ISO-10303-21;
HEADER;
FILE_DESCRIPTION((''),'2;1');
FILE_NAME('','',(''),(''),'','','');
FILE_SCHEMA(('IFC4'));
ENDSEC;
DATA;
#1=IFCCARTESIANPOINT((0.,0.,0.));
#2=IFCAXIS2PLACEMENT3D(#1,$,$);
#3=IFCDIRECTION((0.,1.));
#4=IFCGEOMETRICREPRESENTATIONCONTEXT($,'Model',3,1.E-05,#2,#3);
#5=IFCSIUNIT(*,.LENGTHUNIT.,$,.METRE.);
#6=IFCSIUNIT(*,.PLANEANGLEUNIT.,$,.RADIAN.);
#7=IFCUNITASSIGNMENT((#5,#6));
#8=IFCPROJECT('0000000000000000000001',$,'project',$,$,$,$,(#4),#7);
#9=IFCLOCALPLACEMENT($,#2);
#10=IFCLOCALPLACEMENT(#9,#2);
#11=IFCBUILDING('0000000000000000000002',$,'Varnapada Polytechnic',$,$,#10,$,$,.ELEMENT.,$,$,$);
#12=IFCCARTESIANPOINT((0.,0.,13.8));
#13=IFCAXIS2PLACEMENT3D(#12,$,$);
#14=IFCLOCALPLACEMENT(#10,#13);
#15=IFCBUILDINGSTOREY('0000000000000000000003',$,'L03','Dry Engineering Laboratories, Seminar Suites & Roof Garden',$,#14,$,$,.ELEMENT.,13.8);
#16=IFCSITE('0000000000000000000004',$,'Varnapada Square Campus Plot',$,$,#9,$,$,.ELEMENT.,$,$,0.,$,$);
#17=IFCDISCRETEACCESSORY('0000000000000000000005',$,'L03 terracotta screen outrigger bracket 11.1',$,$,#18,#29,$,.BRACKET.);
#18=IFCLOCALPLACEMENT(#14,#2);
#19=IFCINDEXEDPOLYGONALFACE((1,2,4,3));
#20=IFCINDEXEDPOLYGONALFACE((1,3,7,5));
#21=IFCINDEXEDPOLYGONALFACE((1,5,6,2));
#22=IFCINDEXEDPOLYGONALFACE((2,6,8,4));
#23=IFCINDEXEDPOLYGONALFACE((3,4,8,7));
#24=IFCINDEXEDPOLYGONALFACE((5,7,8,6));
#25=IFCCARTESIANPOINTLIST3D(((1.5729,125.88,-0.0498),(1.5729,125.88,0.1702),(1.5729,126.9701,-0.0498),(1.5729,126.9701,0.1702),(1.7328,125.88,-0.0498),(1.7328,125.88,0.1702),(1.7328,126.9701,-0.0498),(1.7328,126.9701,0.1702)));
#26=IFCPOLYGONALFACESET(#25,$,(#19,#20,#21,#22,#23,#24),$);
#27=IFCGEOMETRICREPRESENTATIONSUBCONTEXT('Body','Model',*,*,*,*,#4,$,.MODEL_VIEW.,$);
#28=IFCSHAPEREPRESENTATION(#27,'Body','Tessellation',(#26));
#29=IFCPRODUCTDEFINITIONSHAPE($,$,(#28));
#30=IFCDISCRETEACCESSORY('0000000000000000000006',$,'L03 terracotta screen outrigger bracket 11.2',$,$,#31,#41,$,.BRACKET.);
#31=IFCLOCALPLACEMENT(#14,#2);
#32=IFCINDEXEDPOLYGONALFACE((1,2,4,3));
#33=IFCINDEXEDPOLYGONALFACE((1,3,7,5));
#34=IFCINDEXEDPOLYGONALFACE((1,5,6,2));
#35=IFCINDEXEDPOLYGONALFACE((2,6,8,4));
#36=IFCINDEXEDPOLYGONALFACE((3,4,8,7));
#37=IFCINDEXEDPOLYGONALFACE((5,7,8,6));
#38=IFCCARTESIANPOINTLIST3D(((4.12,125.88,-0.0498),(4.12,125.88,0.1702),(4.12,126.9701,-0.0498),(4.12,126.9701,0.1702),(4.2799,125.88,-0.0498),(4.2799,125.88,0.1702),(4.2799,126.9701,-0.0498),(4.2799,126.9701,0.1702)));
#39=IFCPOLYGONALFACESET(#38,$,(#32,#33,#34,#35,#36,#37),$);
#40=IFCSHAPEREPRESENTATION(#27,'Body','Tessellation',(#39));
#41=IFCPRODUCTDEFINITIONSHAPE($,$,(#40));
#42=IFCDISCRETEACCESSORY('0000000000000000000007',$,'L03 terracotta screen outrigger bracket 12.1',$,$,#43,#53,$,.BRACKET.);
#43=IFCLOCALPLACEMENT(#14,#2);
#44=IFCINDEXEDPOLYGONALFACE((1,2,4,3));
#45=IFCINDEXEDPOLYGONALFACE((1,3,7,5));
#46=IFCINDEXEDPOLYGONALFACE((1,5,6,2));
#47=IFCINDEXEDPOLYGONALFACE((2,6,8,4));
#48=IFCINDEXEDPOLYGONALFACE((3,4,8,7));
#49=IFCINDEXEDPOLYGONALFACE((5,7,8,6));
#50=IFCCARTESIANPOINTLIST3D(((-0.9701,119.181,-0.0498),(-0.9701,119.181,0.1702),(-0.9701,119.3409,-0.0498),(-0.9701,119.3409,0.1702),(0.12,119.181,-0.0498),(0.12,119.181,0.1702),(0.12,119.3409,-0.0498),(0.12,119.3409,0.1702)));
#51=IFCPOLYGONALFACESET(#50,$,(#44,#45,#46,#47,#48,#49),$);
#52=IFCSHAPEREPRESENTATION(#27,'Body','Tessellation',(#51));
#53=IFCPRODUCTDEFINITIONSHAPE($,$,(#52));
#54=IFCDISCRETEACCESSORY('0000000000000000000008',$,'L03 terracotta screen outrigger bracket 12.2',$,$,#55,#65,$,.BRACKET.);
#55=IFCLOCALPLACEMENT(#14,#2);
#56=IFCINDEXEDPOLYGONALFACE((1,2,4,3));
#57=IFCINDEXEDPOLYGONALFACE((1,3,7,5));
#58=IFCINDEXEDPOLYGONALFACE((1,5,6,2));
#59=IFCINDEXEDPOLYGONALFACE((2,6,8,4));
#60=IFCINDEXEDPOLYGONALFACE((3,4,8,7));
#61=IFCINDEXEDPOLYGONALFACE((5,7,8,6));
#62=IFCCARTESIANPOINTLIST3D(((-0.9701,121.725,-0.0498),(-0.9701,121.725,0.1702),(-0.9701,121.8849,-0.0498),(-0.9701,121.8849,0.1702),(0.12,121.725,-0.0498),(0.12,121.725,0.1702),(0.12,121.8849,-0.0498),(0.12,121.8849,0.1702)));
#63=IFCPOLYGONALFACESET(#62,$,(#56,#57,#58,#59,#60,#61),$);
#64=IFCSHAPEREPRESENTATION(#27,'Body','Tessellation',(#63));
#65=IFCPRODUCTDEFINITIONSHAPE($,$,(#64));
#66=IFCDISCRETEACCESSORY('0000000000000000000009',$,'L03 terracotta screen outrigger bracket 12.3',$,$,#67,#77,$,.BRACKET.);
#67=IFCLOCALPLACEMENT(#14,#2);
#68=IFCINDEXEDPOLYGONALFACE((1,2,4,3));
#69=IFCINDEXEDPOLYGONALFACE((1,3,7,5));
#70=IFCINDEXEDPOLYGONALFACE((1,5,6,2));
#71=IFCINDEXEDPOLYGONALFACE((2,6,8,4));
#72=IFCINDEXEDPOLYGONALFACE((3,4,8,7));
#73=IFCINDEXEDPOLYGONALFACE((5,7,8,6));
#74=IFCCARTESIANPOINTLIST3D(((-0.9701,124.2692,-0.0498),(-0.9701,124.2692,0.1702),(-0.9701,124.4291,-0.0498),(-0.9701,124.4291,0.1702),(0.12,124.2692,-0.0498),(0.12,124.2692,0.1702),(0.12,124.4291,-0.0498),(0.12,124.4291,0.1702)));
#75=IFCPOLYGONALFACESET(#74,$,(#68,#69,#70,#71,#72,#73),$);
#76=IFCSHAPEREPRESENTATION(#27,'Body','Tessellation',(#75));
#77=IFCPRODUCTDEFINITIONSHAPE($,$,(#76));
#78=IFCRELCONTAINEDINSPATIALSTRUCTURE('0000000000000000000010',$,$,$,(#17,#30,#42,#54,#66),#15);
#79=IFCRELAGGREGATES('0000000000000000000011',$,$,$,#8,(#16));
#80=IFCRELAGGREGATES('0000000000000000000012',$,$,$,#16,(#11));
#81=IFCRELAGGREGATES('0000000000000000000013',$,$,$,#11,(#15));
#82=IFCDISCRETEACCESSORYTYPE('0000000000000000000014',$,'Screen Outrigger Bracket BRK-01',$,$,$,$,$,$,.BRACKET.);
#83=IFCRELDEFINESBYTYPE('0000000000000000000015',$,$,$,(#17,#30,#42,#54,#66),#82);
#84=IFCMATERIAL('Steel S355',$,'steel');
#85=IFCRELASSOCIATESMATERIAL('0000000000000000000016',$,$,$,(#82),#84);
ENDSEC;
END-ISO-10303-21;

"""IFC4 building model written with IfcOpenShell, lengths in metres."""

from ifc_helpers import new_model, si_unit, direction, frame, origin, origin_2d, place, context, subcontext, project, spatial, rectangle, extrude, material, type_object, element, save


model = new_model("IFC4")

# Units and contexts
model_context = context("Model", 3, precision=1e-05, world=origin(), true_north=direction((0.0, 1.0)))
body_context = subcontext(model_context, "Body", "Model", "MODEL_VIEW")
ifc_project = project(units=[si_unit("LENGTHUNIT", "METRE"), si_unit("PLANEANGLEUNIT", "RADIAN")], contexts=[model_context])

# Site, building, storey
site_placement = place(None, origin())
site = spatial("IfcSite", under=ifc_project, at=site_placement, Name="Varnapada Square Campus Plot", CompositionType="ELEMENT", RefElevation=0.0)
building_placement = place(site_placement, origin())
building = spatial("IfcBuilding", under=site, at=building_placement, Name="Varnapada Polytechnic", CompositionType="ELEMENT")
storey_placement = place(building_placement, frame((0.0, 0.0, 13.8)))
storey = spatial("IfcBuildingStorey", under=building, at=storey_placement, Name="L03", Description="Dry Engineering Laboratories, Seminar Suites & Roof Garden", CompositionType="ELEMENT", Elevation=13.8)

# Discrete accessories
ifc_material_1 = material(Name="Steel S355", Category="steel")
discrete_accessory_type = type_object("IfcDiscreteAccessoryType", Name="Screen Outrigger Bracket BRK-01", PredefinedType="BRACKET", material=ifc_material_1)
for number, where, z_axis, x_axis, name in (
    (1, (1.6528, 126.425, -0.0498), (0.0, 0.0, 1.0), (1.0, 0.0, 0.0), "L03 terracotta screen outrigger bracket 11.1"),
    (2, (4.2, 126.425, -0.0498), (0.0, 0.0, 1.0), (1.0, 0.0, 0.0), "L03 terracotta screen outrigger bracket 11.2"),
    (3, (-0.425, 119.261, -0.0498), (0.0, 0.0, 1.0), (0.0, 1.0, 0.0), "L03 terracotta screen outrigger bracket 12.1"),
    (4, (-0.425, 121.8049, -0.0498), (0.0, 0.0, 1.0), (0.0, 1.0, 0.0), "L03 terracotta screen outrigger bracket 12.2"),
    (5, (-0.425, 124.3491, -0.0498), (0.0, 0.0, 1.0), (0.0, 1.0, 0.0), "L03 terracotta screen outrigger bracket 12.3"),
):
    element("IfcDiscreteAccessory", number, at=place(storey_placement, frame(where, z_axis=z_axis, x_axis=x_axis)), inside=storey, type_object=discrete_accessory_type, Name=name, PredefinedType="BRACKET", context=body_context, shape_type="SweptSolid", body=[
        extrude(rectangle(XDim=0.1599, YDim=1.0901, at=origin_2d()), origin(), (0.0, 0.0, 1.0), 0.22),
    ])

save(model, "model.ifc")
